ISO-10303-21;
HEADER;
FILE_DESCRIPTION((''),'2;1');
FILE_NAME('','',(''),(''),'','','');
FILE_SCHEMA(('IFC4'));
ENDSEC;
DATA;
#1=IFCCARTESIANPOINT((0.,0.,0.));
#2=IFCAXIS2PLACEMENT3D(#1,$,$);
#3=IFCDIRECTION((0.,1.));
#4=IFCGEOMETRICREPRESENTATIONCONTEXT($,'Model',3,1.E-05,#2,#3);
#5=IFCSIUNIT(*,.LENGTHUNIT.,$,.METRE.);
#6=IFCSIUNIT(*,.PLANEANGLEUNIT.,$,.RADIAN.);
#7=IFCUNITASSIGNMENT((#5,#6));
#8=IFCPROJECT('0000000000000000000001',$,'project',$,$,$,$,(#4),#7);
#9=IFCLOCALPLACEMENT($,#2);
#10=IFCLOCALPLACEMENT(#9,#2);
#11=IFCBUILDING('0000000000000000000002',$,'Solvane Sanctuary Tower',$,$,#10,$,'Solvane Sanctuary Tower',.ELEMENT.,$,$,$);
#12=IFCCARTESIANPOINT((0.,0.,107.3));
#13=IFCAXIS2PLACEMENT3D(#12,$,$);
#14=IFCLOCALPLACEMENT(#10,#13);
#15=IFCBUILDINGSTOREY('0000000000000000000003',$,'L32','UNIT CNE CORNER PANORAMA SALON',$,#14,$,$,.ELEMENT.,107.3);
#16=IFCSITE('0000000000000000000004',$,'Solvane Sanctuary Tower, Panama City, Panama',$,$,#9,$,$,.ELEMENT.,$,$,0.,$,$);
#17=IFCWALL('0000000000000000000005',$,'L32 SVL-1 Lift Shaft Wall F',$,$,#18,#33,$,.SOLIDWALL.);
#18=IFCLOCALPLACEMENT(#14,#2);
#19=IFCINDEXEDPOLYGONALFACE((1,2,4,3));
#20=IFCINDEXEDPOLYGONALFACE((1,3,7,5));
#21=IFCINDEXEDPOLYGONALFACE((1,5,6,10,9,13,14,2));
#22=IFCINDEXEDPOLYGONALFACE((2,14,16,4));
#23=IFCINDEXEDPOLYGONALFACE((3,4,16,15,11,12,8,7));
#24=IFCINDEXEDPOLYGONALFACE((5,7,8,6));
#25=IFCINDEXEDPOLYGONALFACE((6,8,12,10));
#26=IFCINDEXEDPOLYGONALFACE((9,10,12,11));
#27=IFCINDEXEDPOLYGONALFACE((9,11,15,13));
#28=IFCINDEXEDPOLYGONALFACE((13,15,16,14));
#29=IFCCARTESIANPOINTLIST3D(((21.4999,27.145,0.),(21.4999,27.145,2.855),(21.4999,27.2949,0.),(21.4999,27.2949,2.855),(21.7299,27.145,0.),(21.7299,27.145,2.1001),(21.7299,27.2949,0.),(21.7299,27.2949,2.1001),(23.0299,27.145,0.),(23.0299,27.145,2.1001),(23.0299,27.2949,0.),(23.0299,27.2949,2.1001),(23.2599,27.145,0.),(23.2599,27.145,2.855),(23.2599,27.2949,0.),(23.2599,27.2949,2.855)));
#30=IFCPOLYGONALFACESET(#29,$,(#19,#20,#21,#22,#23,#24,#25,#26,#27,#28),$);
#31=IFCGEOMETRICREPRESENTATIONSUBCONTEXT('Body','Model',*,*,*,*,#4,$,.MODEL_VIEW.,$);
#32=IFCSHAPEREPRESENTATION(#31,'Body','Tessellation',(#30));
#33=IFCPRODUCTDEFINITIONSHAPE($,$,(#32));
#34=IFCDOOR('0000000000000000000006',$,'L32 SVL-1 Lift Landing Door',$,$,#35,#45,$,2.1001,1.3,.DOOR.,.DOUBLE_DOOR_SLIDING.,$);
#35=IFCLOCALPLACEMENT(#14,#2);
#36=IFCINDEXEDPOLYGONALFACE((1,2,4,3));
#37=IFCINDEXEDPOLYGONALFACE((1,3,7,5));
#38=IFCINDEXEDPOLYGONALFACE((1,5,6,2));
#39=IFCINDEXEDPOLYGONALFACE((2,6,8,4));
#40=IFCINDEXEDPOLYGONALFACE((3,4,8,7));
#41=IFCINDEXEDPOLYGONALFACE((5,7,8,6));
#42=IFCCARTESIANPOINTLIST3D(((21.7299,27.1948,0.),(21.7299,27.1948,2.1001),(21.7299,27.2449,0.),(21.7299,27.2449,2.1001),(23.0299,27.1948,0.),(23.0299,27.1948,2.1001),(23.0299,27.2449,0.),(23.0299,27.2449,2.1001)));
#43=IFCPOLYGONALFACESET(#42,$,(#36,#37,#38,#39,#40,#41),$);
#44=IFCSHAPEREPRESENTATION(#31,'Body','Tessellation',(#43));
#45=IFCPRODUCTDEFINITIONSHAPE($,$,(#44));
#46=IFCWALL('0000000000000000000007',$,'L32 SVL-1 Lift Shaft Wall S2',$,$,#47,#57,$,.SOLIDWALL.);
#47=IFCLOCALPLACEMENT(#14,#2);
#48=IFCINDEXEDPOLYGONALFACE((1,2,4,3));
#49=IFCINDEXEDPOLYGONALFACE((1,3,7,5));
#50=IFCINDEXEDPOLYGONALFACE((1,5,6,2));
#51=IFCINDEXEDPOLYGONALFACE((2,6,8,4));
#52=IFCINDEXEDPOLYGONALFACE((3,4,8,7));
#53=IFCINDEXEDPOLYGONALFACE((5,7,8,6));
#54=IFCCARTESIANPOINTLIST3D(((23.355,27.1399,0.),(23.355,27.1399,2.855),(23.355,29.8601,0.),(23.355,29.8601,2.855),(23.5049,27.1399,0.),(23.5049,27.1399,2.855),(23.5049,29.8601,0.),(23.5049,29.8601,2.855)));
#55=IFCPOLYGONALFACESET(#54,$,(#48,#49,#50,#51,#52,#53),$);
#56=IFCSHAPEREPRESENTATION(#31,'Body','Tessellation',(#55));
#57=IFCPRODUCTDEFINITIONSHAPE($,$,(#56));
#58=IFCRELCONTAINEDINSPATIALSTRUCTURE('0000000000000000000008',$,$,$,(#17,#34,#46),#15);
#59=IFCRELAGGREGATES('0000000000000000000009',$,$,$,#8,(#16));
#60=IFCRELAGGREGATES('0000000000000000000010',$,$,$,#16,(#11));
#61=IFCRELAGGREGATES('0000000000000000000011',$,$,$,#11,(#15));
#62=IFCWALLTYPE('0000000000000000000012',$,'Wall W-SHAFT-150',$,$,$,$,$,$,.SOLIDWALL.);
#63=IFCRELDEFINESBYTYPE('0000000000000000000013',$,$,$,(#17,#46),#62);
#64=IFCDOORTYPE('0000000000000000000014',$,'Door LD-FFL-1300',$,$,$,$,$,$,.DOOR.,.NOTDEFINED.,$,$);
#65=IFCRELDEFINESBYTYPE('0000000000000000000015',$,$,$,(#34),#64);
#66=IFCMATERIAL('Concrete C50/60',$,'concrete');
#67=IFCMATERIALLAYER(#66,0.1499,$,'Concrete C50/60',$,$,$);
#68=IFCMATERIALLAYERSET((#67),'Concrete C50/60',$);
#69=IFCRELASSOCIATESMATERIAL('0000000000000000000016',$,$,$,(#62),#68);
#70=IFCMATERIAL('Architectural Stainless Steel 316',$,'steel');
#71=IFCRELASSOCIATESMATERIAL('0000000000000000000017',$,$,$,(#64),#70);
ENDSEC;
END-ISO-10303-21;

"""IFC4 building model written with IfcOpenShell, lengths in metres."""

from ifc_helpers import new_model, si_unit, direction, frame, frame_2d, origin, place, context, subcontext, project, spatial, rectangle, extrude, material, layer, layer_set, type_object, element, fill, save


model = new_model("IFC4")

# Units and contexts
model_context = context("Model", 3, precision=1e-05, world=origin(), true_north=direction((0.0, 1.0)))
body_context = subcontext(model_context, "Body", "Model", "MODEL_VIEW")
ifc_project = project(units=[si_unit("LENGTHUNIT", "METRE"), si_unit("PLANEANGLEUNIT", "RADIAN")], contexts=[model_context])

# Site, building, storey
site_placement = place(None, origin())
site = spatial("IfcSite", under=ifc_project, at=site_placement, Name="Solvane Sanctuary Tower, Panama City, Panama", CompositionType="ELEMENT", RefElevation=0.0)
building_placement = place(site_placement, origin())
building = spatial("IfcBuilding", under=site, at=building_placement, Name="Solvane Sanctuary Tower", LongName="Solvane Sanctuary Tower", CompositionType="ELEMENT")
storey_placement = place(building_placement, frame((0.0, 0.0, 107.3)))
storey = spatial("IfcBuildingStorey", under=building, at=storey_placement, Name="L32", Description="UNIT CNE CORNER PANORAMA SALON", CompositionType="ELEMENT", Elevation=107.3)

# Shared definitions
ifc_material_1 = material(Name="Architectural Stainless Steel 316", Category="steel")

# Shared definitions
ifc_material_2 = material(Name="Concrete C50/60", Category="concrete")
ifc_layer_1 = layer(ifc_material_2, 0.1499, Name="Concrete C50/60")
ifc_layer_set_1 = layer_set([ifc_layer_1], Name="Concrete C50/60")
wall_type_1 = type_object("IfcWallType", Name="Wall W-SHAFT-150", PredefinedType="SOLIDWALL", material=ifc_layer_set_1)

# Shared definitions
door_type_1 = type_object("IfcDoorType", Name="Door LD-FFL-1300", OperationType="NOTDEFINED", PredefinedType="DOOR", material=ifc_material_1)

# Wall, opening, door
wall_1_placement = place(storey_placement, frame((21.5, 27.22, 0.0), z_axis=(0.0, 0.0, 1.0), x_axis=(1.0, 0.0, 0.0)))
wall_1 = element("IfcWall", 1, at=wall_1_placement, inside=storey, type_object=wall_type_1, Name="L32 SVL-1 Lift Shaft Wall F", PredefinedType="SOLIDWALL", context=body_context, shape_type="SweptSolid", body=[
    extrude(rectangle(XDim=1.76, YDim=0.1499, at=frame_2d((0.8799, 0.0))), origin(), (0.0, 0.0, 1.0), 2.855),
])
opening_1_placement = place(wall_1_placement, frame((0.23, 0.0, 0.0)))
opening_1 = element("IfcOpeningElement", 2, at=opening_1_placement, cuts=wall_1, PredefinedType="OPENING", context=body_context, shape_type="SweptSolid", body=[
    extrude(rectangle(XDim=1.3, YDim=2.1001, at=frame_2d((0.6499, 1.05))), frame((0.0, 0.085, 0.0), z_axis=(0.0, -1.0, 0.0), x_axis=(1.0, 0.0, 0.0)), (0.0, 0.0, 1.0), 0.1699),
])
door_1_placement = place(opening_1_placement, origin())
door_1 = element("IfcDoor", 3, at=door_1_placement, inside=storey, type_object=door_type_1, Name="L32 SVL-1 Lift Landing Door", OperationType="DOUBLE_DOOR_SLIDING", OverallHeight=2.1001, OverallWidth=1.3, PredefinedType="DOOR", context=body_context, shape_type="SweptSolid", body=[
    extrude(rectangle(XDim=1.3, YDim=2.1001, at=frame_2d((0.6499, 1.05))), frame((0.0, 0.0249, 0.0), z_axis=(0.0, -1.0, 0.0), x_axis=(1.0, 0.0, 0.0)), (0.0, 0.0, 1.0), 0.05),
])
fill(opening_1, door_1)

# Wall
wall_2_placement = place(storey_placement, frame((23.4299, 27.1399, 0.0), z_axis=(0.0, 0.0, 1.0), x_axis=(0.0, 1.0, 0.0)))
element("IfcWall", 4, at=wall_2_placement, inside=storey, type_object=wall_type_1, Name="L32 SVL-1 Lift Shaft Wall S2", PredefinedType="SOLIDWALL", context=body_context, shape_type="SweptSolid", body=[
    extrude(rectangle(XDim=2.7202, YDim=0.1499, at=frame_2d((1.3601, 0.0))), origin(), (0.0, 0.0, 1.0), 2.855),
])

save(model, "model.ifc")
